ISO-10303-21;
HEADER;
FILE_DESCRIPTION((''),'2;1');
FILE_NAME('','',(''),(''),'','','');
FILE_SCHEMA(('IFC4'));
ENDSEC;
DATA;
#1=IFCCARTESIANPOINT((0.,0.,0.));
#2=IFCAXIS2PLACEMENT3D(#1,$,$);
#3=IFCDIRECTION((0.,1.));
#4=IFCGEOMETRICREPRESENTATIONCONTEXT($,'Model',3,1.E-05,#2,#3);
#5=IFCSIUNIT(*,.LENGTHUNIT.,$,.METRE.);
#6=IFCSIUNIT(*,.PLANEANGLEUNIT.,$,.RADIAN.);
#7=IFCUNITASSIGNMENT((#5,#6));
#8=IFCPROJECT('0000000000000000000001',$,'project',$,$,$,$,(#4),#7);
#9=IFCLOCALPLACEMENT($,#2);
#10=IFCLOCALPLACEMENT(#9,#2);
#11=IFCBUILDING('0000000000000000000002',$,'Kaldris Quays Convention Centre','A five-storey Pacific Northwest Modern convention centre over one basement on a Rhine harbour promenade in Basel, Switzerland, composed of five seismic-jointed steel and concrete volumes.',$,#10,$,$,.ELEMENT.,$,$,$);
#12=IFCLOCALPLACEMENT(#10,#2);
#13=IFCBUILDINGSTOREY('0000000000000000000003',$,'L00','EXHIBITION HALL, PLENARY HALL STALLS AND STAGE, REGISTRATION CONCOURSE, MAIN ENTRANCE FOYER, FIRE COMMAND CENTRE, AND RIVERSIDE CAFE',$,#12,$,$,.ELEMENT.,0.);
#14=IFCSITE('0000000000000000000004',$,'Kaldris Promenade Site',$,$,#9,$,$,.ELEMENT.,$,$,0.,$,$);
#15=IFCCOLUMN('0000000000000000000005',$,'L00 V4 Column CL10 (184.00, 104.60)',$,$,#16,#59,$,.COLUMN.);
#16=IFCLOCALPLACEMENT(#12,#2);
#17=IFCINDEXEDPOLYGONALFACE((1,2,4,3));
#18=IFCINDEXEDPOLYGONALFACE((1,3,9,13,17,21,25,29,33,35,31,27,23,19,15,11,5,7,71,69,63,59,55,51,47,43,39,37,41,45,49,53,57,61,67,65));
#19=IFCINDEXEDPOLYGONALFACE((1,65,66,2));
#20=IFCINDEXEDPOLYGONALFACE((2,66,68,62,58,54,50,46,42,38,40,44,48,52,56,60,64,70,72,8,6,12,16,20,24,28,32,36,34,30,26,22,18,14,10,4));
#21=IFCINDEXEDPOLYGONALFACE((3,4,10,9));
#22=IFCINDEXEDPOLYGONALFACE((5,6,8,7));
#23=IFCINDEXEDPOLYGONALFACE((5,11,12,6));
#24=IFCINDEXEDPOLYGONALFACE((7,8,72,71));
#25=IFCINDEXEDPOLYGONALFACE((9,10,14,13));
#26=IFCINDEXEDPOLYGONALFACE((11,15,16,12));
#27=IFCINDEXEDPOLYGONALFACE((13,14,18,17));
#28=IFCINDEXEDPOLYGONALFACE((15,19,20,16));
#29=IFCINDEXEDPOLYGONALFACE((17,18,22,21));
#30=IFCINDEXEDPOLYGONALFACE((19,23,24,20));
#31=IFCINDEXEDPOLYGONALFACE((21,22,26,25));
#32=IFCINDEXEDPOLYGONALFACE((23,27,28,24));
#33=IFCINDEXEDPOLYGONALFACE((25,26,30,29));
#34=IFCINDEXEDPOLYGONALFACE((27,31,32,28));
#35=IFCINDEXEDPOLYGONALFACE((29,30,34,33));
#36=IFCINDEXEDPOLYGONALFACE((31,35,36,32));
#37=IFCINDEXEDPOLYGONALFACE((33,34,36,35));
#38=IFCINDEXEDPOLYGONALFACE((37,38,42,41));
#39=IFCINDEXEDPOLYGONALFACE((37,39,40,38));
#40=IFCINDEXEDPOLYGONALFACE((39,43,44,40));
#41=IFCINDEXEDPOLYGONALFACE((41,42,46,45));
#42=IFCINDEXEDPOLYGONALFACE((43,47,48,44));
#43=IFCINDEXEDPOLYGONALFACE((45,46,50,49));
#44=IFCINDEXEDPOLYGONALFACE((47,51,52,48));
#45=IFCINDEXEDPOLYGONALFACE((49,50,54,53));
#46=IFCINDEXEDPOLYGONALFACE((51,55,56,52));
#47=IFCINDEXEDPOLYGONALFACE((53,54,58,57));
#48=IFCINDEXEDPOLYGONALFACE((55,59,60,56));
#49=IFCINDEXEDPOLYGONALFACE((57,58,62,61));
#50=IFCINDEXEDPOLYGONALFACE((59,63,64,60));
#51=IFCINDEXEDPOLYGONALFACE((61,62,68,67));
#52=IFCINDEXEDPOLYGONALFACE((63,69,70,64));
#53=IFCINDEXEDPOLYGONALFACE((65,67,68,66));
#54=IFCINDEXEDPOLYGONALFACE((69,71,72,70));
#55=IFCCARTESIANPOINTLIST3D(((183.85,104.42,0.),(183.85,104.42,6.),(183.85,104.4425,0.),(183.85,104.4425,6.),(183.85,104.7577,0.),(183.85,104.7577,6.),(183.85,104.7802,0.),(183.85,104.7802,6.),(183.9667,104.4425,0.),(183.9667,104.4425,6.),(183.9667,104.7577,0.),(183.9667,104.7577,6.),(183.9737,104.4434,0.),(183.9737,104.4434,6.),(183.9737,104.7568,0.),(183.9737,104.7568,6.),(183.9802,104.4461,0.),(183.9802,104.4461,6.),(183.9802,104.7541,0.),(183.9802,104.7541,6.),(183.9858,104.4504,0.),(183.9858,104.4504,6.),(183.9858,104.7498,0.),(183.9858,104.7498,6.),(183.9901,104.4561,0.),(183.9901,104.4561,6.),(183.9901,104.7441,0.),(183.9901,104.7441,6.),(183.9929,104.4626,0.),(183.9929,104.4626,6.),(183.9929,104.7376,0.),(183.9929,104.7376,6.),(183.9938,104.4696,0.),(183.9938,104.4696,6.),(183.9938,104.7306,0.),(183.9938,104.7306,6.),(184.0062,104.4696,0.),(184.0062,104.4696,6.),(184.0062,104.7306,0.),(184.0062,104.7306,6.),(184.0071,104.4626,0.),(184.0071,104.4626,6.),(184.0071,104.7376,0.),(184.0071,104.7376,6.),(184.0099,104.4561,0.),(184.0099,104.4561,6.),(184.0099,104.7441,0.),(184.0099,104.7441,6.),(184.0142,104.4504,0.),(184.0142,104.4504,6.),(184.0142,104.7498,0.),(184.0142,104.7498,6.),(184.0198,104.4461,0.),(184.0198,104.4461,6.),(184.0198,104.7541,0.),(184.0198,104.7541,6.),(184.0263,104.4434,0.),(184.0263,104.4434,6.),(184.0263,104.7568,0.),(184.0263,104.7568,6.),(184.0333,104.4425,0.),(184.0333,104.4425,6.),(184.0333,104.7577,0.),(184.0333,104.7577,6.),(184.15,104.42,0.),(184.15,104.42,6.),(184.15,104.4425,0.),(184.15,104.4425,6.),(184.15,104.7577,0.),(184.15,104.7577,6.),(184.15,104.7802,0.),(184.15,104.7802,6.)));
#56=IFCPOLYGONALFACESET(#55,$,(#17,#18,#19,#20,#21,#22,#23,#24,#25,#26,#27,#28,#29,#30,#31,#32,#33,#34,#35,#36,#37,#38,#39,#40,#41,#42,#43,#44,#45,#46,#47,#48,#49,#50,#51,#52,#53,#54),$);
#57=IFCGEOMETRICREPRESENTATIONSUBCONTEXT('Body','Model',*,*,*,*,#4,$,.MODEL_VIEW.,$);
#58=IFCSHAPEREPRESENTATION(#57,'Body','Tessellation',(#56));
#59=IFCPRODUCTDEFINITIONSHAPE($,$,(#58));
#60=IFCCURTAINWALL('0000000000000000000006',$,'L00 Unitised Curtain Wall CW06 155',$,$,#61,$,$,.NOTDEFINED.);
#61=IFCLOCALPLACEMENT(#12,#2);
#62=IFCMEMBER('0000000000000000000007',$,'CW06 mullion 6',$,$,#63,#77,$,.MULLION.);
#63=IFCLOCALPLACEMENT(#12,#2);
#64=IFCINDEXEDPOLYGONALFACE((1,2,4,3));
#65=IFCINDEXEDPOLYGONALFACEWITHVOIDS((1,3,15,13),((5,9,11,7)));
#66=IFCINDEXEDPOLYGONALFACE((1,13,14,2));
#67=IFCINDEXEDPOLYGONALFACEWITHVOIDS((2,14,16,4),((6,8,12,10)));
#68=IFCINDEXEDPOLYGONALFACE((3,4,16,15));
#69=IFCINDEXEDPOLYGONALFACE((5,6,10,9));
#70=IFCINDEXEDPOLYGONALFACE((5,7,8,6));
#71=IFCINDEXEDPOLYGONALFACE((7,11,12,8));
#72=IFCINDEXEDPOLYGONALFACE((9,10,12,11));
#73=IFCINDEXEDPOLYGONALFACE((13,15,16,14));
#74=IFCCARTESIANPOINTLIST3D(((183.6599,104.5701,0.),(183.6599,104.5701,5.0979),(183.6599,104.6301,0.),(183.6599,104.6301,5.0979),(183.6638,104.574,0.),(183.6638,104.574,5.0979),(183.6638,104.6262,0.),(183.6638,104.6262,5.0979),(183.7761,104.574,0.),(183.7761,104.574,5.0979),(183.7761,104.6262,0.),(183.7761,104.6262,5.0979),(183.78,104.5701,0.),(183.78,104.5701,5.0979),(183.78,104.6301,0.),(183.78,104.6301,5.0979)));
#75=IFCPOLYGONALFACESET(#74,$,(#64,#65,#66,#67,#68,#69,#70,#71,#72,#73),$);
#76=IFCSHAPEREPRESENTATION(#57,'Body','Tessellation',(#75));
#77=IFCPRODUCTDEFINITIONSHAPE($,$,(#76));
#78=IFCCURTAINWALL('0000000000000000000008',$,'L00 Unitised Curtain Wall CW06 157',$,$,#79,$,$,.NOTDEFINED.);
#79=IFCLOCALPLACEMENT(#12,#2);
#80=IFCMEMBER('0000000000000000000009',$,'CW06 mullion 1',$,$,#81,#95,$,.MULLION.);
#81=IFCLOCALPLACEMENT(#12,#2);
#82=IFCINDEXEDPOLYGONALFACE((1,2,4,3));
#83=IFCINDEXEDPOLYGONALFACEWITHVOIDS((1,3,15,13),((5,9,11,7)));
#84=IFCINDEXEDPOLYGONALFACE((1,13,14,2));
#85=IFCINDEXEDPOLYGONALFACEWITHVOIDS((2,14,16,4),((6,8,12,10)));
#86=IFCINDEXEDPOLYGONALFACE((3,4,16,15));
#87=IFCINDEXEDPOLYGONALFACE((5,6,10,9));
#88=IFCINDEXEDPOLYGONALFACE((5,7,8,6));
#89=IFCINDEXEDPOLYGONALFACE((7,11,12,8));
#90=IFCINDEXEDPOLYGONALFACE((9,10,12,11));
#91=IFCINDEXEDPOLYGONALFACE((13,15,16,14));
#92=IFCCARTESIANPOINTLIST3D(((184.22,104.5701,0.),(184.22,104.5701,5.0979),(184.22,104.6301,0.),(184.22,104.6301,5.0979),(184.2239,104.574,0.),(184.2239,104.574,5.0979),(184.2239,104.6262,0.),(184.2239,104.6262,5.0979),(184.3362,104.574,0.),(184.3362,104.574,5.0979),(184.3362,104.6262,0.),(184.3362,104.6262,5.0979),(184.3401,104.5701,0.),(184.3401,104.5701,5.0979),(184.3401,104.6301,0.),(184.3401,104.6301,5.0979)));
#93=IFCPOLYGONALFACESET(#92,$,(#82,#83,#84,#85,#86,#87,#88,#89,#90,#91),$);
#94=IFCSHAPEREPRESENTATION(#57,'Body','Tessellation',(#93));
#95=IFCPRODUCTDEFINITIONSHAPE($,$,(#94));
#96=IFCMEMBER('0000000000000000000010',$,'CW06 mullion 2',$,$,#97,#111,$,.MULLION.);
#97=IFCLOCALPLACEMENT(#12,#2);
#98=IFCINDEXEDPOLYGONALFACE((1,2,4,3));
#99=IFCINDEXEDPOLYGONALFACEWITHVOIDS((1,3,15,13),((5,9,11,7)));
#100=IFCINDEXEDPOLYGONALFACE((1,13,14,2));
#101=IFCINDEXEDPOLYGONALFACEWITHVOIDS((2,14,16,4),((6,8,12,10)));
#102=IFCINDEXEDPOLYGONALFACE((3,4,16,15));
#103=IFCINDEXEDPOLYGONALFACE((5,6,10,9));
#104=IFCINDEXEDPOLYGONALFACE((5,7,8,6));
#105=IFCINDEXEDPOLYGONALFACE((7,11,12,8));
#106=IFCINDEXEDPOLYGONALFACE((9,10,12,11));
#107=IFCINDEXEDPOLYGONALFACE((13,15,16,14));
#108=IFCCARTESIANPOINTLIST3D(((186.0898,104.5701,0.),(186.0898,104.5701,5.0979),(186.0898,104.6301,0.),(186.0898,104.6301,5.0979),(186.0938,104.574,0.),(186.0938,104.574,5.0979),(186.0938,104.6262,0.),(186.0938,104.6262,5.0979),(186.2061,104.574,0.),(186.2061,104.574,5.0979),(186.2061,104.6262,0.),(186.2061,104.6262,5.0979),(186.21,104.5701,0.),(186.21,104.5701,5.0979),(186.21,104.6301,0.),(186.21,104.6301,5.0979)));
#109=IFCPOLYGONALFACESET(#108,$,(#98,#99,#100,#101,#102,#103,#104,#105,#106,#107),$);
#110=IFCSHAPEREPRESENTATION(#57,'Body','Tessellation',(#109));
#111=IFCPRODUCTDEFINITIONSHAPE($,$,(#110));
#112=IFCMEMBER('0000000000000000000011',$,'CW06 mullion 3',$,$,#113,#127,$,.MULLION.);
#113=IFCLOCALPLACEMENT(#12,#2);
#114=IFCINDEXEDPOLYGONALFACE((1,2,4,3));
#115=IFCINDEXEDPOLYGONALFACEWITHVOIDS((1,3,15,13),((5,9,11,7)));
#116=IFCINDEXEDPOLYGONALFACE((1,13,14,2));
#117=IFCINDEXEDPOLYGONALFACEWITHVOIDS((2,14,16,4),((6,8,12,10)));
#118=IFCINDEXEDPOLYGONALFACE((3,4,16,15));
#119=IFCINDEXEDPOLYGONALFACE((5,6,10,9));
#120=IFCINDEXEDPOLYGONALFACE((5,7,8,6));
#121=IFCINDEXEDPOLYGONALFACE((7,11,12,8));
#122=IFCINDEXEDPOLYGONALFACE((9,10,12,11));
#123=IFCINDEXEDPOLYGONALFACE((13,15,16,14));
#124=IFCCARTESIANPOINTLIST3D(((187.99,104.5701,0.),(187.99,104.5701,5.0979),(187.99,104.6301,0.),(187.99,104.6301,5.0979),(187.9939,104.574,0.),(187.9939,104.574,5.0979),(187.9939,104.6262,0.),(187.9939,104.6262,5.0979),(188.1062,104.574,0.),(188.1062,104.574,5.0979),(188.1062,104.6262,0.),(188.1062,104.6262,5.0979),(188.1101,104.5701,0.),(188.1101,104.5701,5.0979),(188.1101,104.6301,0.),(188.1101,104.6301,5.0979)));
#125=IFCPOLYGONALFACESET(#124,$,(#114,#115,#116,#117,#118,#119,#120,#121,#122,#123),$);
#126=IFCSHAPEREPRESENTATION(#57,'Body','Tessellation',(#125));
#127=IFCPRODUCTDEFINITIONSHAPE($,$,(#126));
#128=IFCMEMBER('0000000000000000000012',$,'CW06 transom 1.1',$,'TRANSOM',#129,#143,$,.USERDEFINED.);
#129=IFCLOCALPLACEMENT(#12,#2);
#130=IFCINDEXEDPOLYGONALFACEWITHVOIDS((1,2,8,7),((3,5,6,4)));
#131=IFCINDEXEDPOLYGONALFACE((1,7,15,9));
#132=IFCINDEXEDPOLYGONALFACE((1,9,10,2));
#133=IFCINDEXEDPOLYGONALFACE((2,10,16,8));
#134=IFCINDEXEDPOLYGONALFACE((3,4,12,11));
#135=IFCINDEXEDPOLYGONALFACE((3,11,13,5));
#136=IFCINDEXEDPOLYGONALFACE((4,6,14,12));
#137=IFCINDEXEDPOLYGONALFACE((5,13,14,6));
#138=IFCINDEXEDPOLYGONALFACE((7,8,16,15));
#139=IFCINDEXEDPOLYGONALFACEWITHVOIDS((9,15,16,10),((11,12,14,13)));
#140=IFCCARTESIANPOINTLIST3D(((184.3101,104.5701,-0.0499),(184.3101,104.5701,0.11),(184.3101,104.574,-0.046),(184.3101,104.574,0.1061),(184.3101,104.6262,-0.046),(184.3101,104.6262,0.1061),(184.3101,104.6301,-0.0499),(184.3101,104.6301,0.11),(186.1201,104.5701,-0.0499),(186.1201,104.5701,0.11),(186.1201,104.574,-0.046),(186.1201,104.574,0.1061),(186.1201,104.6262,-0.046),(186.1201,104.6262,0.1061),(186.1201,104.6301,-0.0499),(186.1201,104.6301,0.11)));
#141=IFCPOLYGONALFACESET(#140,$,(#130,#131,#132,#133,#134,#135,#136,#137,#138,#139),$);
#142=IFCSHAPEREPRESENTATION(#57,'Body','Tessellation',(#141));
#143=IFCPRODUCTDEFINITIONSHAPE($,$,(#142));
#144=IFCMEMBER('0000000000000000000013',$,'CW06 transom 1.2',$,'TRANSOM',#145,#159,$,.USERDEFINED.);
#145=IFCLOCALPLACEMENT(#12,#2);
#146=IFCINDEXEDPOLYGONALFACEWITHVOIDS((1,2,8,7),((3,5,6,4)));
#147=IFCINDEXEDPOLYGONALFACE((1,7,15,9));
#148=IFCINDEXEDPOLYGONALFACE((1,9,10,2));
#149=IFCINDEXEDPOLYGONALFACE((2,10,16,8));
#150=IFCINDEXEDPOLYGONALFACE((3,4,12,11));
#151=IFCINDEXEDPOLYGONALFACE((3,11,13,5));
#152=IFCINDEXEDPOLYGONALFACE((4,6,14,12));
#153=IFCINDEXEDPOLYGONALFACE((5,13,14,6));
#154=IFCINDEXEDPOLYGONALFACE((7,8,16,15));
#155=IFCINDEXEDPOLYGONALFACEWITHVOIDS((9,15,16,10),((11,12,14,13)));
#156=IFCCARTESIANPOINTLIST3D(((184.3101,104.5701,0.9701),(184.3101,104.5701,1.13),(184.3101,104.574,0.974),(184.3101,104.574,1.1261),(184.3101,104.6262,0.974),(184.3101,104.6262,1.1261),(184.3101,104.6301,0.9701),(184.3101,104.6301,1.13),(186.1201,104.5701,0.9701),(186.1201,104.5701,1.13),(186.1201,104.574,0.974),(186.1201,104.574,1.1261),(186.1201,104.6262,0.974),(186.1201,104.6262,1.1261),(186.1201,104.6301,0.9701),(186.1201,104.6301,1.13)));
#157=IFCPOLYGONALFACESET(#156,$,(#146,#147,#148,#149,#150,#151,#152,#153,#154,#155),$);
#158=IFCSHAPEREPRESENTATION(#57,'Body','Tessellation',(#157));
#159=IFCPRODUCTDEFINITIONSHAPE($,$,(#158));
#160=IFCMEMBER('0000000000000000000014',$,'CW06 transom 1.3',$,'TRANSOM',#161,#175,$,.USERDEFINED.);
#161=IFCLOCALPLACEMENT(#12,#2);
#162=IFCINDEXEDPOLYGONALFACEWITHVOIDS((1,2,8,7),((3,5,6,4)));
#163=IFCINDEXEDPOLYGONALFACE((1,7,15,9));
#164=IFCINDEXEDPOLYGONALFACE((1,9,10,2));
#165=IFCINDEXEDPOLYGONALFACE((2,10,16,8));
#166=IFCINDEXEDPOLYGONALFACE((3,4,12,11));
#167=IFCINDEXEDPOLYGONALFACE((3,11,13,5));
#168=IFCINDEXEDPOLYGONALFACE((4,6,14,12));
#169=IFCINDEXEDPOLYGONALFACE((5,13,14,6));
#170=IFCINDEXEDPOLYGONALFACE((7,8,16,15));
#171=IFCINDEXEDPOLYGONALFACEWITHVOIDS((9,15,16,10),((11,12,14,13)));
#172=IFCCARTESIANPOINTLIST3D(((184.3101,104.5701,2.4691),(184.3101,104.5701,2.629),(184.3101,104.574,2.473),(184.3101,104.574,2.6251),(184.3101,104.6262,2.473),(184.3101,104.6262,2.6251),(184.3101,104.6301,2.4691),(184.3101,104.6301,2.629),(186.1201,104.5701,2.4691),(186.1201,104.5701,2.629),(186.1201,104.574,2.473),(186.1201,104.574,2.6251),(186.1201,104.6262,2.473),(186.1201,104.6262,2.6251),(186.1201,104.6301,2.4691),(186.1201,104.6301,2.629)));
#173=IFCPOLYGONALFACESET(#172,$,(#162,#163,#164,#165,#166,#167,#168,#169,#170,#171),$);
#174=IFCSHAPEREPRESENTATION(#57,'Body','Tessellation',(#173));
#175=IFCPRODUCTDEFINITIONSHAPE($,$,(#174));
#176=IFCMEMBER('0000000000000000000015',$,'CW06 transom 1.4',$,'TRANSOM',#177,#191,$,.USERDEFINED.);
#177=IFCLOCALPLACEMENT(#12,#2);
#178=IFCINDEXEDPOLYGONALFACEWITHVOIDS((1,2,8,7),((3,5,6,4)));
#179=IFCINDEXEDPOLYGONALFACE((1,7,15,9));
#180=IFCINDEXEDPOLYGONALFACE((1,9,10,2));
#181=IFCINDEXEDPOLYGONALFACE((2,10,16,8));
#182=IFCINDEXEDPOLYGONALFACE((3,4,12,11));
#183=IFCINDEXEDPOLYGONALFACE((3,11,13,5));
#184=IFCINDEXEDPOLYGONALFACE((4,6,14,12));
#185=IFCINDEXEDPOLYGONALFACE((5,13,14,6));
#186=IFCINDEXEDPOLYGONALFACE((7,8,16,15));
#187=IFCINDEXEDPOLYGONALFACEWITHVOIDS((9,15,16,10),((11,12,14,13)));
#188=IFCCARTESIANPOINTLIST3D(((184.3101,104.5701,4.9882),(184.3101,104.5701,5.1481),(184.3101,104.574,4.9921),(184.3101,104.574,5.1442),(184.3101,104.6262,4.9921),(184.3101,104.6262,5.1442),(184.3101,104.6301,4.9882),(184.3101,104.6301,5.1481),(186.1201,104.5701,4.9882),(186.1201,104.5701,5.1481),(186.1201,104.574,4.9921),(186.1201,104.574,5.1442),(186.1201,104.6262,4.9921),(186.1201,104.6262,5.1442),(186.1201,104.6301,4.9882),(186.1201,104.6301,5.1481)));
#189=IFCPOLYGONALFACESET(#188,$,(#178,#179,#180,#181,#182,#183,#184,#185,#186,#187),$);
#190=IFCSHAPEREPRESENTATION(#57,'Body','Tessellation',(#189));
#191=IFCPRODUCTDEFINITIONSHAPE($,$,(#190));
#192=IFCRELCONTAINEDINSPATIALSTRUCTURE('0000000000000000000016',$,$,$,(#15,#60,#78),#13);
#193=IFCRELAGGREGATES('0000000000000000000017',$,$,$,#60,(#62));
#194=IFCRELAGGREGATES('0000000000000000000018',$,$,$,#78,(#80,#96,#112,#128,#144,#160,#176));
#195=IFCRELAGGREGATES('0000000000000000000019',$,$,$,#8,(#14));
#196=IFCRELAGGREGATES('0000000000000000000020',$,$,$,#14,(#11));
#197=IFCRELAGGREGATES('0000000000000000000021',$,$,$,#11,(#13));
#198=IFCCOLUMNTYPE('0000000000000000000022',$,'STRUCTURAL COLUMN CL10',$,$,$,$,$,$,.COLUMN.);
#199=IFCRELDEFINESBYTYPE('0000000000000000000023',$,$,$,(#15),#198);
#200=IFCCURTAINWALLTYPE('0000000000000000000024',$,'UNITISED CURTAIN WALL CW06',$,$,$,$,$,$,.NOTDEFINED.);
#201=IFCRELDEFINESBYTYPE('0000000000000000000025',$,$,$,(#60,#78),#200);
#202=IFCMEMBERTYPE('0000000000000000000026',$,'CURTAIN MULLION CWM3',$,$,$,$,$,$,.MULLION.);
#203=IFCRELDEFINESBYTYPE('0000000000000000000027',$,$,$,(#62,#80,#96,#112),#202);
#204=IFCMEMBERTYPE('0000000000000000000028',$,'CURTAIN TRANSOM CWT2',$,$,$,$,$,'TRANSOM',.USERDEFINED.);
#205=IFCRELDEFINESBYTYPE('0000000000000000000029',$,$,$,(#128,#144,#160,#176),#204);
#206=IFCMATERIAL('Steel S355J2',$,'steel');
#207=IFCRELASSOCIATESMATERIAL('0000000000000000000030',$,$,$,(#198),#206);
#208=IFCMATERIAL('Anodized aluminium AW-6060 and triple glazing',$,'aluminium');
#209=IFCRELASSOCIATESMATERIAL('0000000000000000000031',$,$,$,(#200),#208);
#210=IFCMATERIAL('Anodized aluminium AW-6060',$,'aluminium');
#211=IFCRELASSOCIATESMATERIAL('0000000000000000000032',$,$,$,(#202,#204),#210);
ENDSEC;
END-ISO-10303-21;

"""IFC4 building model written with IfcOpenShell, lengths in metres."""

from ifc_helpers import new_model, si_unit, direction, frame, origin, origin_2d, place, context, subcontext, project, spatial, hollow_rectangle, i_section, extrude, material, material_profile, profile_set, type_object, element, aggregate, save


model = new_model("IFC4")

# Units and contexts
model_context = context("Model", 3, precision=1e-05, world=origin(), true_north=direction((0.0, 1.0)))
body_context = subcontext(model_context, "Body", "Model", "MODEL_VIEW")
ifc_project = project(units=[si_unit("LENGTHUNIT", "METRE"), si_unit("PLANEANGLEUNIT", "RADIAN")], contexts=[model_context])

# Site, building, storey
site_placement = place(None, origin())
site = spatial("IfcSite", under=ifc_project, at=site_placement, Name="Kaldris Promenade Site", CompositionType="ELEMENT", RefElevation=0.0)
building_placement = place(site_placement, origin())
building = spatial("IfcBuilding", under=site, at=building_placement, Name="Kaldris Quays Convention Centre", Description="A five-storey Pacific Northwest Modern convention centre over one basement on a Rhine harbour promenade in Basel, Switzerland, composed of five seismic-jointed steel and concrete volumes.", CompositionType="ELEMENT")
storey_placement = place(building_placement, origin())
storey = spatial("IfcBuildingStorey", under=building, at=storey_placement, Name="L00", Description="EXHIBITION HALL, PLENARY HALL STALLS AND STAGE, REGISTRATION CONCOURSE, MAIN ENTRANCE FOYER, FIRE COMMAND CENTRE, AND RIVERSIDE CAFE", CompositionType="ELEMENT", Elevation=0.0)

# Column
ifc_material_1 = material(Name="Steel S355J2", Category="steel")
ifc_material_profile_1 = material_profile(ifc_material_1, i_section(OverallWidth=0.3, OverallDepth=0.3601, WebThickness=0.0125, FlangeThickness=0.0225, FilletRadius=0.0271, at=origin_2d()), Name="HEB 360")
ifc_profile_set_1 = profile_set([ifc_material_profile_1], Name="Steel S355J2")
column_type = type_object("IfcColumnType", Name="STRUCTURAL COLUMN CL10", PredefinedType="COLUMN", material=ifc_profile_set_1)
column_placement = place(storey_placement, frame((184.0, 104.6001, 0.0), z_axis=(0.0, 0.0, 1.0), x_axis=(1.0, 0.0, 0.0)))
element("IfcColumn", 1, at=column_placement, inside=storey, type_object=column_type, Name="L00 V4 Column CL10 (184.00, 104.60)", PredefinedType="COLUMN", context=body_context, shape_type="SweptSolid", body=[
    extrude(i_section(OverallWidth=0.3, OverallDepth=0.3601, WebThickness=0.0125, FlangeThickness=0.0225, FilletRadius=0.0271, at=origin_2d()), origin(), (0.0, 0.0, 1.0), 6.0),
])

# Curtain wall, member
ifc_material_2 = material(Name="Anodized aluminium AW-6060 and triple glazing", Category="aluminium")
curtain_wall_type = type_object("IfcCurtainWallType", Name="UNITISED CURTAIN WALL CW06", PredefinedType="NOTDEFINED", material=ifc_material_2)
curtain_wall_1_placement = place(storey_placement, origin())
curtain_wall_1 = element("IfcCurtainWall", 2, at=curtain_wall_1_placement, inside=storey, type_object=curtain_wall_type, Name="L00 Unitised Curtain Wall CW06 155", PredefinedType="NOTDEFINED")
ifc_material_3 = material(Name="Anodized aluminium AW-6060", Category="aluminium")
ifc_material_profile_2 = material_profile(ifc_material_3, hollow_rectangle(XDim=0.0601, YDim=0.1201, WallThickness=0.0039, at=origin_2d()), Name="RHS 120x60x4")
ifc_profile_set_2 = profile_set([ifc_material_profile_2], Name="Anodized aluminium AW-6060")
member_type_1 = type_object("IfcMemberType", Name="CURTAIN MULLION CWM3", PredefinedType="MULLION", material=ifc_profile_set_2)
member_1_placement = place(storey_placement, frame((183.72, 104.6001, 0.0), z_axis=(0.0, 0.0, 1.0), x_axis=(0.0, 1.0, 0.0)))
member_1 = element("IfcMember", 3, at=member_1_placement, type_object=member_type_1, Name="CW06 mullion 6", PredefinedType="MULLION", context=body_context, shape_type="SweptSolid", body=[
    extrude(hollow_rectangle(XDim=0.0601, YDim=0.1201, WallThickness=0.0039, at=origin_2d()), origin(), (0.0, 0.0, 1.0), 5.0979),
])

# Curtain wall, members
curtain_wall_2_placement = place(storey_placement, origin())
curtain_wall_2 = element("IfcCurtainWall", 4, at=curtain_wall_2_placement, inside=storey, type_object=curtain_wall_type, Name="L00 Unitised Curtain Wall CW06 157", PredefinedType="NOTDEFINED")
member_2_placement = place(storey_placement, frame((184.28, 104.6001, 0.0), z_axis=(0.0, 0.0, 1.0), x_axis=(0.0, 1.0, 0.0)))
member_2 = element("IfcMember", 5, at=member_2_placement, type_object=member_type_1, Name="CW06 mullion 1", PredefinedType="MULLION", context=body_context, shape_type="SweptSolid", body=[
    extrude(hollow_rectangle(XDim=0.0601, YDim=0.1201, WallThickness=0.0039, at=origin_2d()), origin(), (0.0, 0.0, 1.0), 5.0979),
])
member_3_placement = place(storey_placement, frame((186.1499, 104.6001, 0.0), z_axis=(0.0, 0.0, 1.0), x_axis=(0.0, 1.0, 0.0)))
member_3 = element("IfcMember", 6, at=member_3_placement, type_object=member_type_1, Name="CW06 mullion 2", PredefinedType="MULLION", context=body_context, shape_type="SweptSolid", body=[
    extrude(hollow_rectangle(XDim=0.0601, YDim=0.1201, WallThickness=0.0039, at=origin_2d()), origin(), (0.0, 0.0, 1.0), 5.0979),
])
member_4_placement = place(storey_placement, frame((188.05, 104.6001, 0.0), z_axis=(0.0, 0.0, 1.0), x_axis=(0.0, 1.0, 0.0)))
member_4 = element("IfcMember", 7, at=member_4_placement, type_object=member_type_1, Name="CW06 mullion 3", PredefinedType="MULLION", context=body_context, shape_type="SweptSolid", body=[
    extrude(hollow_rectangle(XDim=0.0601, YDim=0.1201, WallThickness=0.0039, at=origin_2d()), origin(), (0.0, 0.0, 1.0), 5.0979),
])
ifc_material_profile_3 = material_profile(ifc_material_3, hollow_rectangle(XDim=0.0601, YDim=0.1599, WallThickness=0.0039, at=origin_2d()), Name="RHS 160x60x4")
ifc_profile_set_3 = profile_set([ifc_material_profile_3], Name="Anodized aluminium AW-6060")
member_type_2 = type_object("IfcMemberType", Name="CURTAIN TRANSOM CWT2", ElementType="TRANSOM", PredefinedType="USERDEFINED", material=ifc_profile_set_3)
member_5_placement = place(storey_placement, frame((184.3101, 104.6001, 0.03), z_axis=(1.0, 0.0, 0.0), x_axis=(0.0, 1.0, 0.0)))
member_5 = element("IfcMember", 8, at=member_5_placement, type_object=member_type_2, Name="CW06 transom 1.1", ObjectType="TRANSOM", PredefinedType="USERDEFINED", context=body_context, shape_type="SweptSolid", body=[
    extrude(hollow_rectangle(XDim=0.0601, YDim=0.1599, WallThickness=0.0039, at=origin_2d()), origin(), (0.0, 0.0, 1.0), 1.8101),
])
member_6_placement = place(storey_placement, frame((184.3101, 104.6001, 1.05), z_axis=(1.0, 0.0, 0.0), x_axis=(0.0, 1.0, 0.0)))
member_6 = element("IfcMember", 9, at=member_6_placement, type_object=member_type_2, Name="CW06 transom 1.2", ObjectType="TRANSOM", PredefinedType="USERDEFINED", context=body_context, shape_type="SweptSolid", body=[
    extrude(hollow_rectangle(XDim=0.0601, YDim=0.1599, WallThickness=0.0039, at=origin_2d()), origin(), (0.0, 0.0, 1.0), 1.8101),
])
member_7_placement = place(storey_placement, frame((184.3101, 104.6001, 2.5491), z_axis=(1.0, 0.0, 0.0), x_axis=(0.0, 1.0, 0.0)))
member_7 = element("IfcMember", 10, at=member_7_placement, type_object=member_type_2, Name="CW06 transom 1.3", ObjectType="TRANSOM", PredefinedType="USERDEFINED", context=body_context, shape_type="SweptSolid", body=[
    extrude(hollow_rectangle(XDim=0.0601, YDim=0.1599, WallThickness=0.0039, at=origin_2d()), origin(), (0.0, 0.0, 1.0), 1.8101),
])
member_8_placement = place(storey_placement, frame((184.3101, 104.6001, 5.0681), z_axis=(1.0, 0.0, 0.0), x_axis=(0.0, 1.0, 0.0)))
member_8 = element("IfcMember", 11, at=member_8_placement, type_object=member_type_2, Name="CW06 transom 1.4", ObjectType="TRANSOM", PredefinedType="USERDEFINED", context=body_context, shape_type="SweptSolid", body=[
    extrude(hollow_rectangle(XDim=0.0601, YDim=0.1599, WallThickness=0.0039, at=origin_2d()), origin(), (0.0, 0.0, 1.0), 1.8101),
])

aggregate(curtain_wall_1, [member_1])
aggregate(curtain_wall_2, [member_2, member_3, member_4, member_5, member_6, member_7, member_8])

save(model, "model.ifc")
